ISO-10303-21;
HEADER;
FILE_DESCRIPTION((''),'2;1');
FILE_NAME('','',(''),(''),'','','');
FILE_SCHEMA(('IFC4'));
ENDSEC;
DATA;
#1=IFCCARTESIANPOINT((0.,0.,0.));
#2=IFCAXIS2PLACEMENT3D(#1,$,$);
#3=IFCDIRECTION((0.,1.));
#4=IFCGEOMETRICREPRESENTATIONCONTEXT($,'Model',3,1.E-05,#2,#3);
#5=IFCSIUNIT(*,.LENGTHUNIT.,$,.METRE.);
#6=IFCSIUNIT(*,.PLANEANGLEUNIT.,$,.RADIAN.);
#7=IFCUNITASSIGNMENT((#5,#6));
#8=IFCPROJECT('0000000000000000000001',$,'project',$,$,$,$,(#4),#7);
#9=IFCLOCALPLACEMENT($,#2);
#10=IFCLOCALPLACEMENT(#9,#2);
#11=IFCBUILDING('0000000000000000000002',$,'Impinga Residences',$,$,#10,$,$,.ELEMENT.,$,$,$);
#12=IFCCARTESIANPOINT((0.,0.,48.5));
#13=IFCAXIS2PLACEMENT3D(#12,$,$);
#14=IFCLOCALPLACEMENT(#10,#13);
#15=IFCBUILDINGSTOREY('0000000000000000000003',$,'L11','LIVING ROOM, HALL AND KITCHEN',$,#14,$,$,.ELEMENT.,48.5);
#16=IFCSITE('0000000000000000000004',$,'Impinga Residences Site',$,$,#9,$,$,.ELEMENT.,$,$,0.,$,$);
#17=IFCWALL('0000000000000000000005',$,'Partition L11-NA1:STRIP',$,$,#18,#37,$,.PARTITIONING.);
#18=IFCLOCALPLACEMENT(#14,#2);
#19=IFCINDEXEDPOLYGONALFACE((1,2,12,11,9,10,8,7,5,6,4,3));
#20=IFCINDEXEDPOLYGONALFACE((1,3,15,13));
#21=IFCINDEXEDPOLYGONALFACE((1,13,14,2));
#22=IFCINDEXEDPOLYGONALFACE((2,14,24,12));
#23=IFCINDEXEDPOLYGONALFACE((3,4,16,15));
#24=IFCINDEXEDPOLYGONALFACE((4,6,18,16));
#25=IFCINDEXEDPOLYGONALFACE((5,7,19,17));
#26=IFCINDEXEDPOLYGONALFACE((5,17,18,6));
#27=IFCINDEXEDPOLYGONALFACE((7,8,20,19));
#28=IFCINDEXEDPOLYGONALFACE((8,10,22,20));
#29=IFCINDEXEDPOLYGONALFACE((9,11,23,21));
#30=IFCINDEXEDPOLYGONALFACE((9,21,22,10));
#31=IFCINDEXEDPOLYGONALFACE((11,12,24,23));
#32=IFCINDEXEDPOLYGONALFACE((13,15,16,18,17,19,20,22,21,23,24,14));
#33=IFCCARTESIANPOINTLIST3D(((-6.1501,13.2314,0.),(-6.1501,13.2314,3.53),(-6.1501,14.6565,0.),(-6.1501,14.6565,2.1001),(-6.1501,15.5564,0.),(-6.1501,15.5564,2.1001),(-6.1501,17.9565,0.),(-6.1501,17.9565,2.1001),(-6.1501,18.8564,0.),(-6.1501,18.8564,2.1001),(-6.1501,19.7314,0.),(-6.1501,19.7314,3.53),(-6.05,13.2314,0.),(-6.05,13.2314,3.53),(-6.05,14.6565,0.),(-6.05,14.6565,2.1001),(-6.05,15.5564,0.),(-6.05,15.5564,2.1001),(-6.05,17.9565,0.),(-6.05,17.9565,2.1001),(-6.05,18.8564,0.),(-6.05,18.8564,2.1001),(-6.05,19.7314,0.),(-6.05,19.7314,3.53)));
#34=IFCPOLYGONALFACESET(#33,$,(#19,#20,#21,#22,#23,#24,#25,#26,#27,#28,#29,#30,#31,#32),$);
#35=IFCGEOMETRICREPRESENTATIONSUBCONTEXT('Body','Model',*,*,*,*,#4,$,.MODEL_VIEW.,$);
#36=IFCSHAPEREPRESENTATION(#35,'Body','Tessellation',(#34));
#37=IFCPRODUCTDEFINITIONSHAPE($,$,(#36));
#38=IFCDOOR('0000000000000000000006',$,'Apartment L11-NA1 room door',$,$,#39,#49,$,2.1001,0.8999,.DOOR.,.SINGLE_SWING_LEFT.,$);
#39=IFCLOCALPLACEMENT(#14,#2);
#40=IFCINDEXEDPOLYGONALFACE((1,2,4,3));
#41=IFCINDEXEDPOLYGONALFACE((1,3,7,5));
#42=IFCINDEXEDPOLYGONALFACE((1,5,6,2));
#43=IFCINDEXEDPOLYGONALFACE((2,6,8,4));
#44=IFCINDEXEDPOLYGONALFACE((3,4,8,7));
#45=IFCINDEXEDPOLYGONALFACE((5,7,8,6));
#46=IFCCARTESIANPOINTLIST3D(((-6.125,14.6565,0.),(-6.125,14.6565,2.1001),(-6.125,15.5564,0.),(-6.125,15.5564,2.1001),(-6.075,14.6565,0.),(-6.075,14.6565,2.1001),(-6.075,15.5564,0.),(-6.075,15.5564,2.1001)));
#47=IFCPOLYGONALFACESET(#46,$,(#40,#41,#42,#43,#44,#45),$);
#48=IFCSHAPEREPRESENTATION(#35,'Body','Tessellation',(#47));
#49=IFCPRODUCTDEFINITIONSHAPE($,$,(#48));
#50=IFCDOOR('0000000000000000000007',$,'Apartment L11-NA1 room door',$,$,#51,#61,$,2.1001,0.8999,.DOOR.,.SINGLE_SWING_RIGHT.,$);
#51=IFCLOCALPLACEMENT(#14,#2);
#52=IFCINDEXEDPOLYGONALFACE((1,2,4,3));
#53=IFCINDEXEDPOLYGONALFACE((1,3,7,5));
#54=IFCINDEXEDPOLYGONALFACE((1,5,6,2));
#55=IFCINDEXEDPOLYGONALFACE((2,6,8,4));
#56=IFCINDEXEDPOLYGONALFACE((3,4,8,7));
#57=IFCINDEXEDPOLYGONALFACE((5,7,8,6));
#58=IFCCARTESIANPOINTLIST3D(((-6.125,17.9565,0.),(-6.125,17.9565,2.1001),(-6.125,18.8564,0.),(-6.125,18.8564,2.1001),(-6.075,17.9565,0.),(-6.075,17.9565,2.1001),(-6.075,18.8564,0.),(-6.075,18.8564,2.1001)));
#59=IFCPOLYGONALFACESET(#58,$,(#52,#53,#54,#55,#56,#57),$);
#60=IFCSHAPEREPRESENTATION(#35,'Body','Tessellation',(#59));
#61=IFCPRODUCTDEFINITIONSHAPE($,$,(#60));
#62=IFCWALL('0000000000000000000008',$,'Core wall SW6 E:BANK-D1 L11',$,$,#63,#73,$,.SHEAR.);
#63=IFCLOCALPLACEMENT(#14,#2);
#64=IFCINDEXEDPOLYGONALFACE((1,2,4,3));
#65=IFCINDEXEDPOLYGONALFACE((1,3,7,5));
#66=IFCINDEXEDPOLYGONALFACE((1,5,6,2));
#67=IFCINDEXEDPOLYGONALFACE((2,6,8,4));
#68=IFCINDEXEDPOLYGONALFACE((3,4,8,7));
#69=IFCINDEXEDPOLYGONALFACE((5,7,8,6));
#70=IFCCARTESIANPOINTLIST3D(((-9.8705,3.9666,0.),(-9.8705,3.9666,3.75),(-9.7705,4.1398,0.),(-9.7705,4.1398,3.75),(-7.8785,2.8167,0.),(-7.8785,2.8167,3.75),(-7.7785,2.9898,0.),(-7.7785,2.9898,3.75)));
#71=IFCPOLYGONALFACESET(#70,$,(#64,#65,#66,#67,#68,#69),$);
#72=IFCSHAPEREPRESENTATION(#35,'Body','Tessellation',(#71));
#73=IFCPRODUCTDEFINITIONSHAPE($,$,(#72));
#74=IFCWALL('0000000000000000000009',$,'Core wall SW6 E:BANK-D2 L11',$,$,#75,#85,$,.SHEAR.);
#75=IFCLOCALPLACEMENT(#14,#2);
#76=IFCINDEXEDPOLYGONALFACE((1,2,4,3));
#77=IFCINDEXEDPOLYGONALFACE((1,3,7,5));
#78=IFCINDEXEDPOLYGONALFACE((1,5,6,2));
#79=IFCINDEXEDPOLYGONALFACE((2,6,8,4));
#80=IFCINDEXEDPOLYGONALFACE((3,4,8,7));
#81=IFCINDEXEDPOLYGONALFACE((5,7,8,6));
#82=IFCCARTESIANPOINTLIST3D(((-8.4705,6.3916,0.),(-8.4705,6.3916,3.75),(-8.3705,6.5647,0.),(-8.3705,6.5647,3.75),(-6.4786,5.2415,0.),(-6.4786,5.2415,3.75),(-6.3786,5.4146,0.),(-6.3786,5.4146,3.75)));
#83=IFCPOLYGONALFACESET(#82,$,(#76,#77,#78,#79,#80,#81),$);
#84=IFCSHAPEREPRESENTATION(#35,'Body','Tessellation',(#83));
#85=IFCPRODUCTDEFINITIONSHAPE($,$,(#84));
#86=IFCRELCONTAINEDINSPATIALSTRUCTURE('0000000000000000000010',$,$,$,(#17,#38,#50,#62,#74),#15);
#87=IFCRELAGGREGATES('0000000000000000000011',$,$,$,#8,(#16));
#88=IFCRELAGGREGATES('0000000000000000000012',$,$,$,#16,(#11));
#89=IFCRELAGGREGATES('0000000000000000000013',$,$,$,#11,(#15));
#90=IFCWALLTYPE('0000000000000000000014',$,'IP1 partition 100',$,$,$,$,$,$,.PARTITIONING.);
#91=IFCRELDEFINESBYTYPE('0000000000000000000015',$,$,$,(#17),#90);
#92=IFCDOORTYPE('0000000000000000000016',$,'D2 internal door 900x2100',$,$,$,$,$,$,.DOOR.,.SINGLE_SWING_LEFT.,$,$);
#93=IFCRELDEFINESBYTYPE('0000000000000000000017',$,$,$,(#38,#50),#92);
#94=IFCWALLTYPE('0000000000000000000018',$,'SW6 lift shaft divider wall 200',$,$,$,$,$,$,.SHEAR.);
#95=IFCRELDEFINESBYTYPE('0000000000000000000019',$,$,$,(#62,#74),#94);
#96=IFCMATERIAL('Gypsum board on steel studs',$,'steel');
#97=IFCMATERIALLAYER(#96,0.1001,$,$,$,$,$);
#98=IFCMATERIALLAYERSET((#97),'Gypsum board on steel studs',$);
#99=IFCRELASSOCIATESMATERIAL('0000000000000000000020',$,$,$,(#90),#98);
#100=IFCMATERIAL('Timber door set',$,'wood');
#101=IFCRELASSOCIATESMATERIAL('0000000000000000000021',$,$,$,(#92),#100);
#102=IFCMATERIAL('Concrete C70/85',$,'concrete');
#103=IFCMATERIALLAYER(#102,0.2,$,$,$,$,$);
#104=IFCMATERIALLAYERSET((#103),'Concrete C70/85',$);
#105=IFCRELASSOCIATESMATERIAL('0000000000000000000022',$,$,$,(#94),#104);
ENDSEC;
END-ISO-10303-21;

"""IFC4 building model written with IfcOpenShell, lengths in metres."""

from ifc_helpers import new_model, si_unit, direction, frame, frame_2d, origin, place, context, subcontext, project, spatial, rectangle, extrude, material, layer, layer_set, type_object, element, fill, save


model = new_model("IFC4")

# Units and contexts
model_context = context("Model", 3, precision=1e-05, world=origin(), true_north=direction((0.0, 1.0)))
body_context = subcontext(model_context, "Body", "Model", "MODEL_VIEW")
ifc_project = project(units=[si_unit("LENGTHUNIT", "METRE"), si_unit("PLANEANGLEUNIT", "RADIAN")], contexts=[model_context])

# Site, building, storey
site_placement = place(None, origin())
site = spatial("IfcSite", under=ifc_project, at=site_placement, Name="Impinga Residences Site", CompositionType="ELEMENT", RefElevation=0.0)
building_placement = place(site_placement, origin())
building = spatial("IfcBuilding", under=site, at=building_placement, Name="Impinga Residences", CompositionType="ELEMENT")
storey_placement = place(building_placement, frame((0.0, 0.0, 48.5)))
storey = spatial("IfcBuildingStorey", under=building, at=storey_placement, Name="L11", Description="LIVING ROOM, HALL AND KITCHEN", CompositionType="ELEMENT", Elevation=48.5)

# Shared definitions
ifc_material_1 = material(Name="Concrete C70/85", Category="concrete")

# Wall, openings, doors
ifc_material_2 = material(Name="Gypsum board on steel studs", Category="steel")
ifc_layer_1 = layer(ifc_material_2, 0.1001)
ifc_layer_set_1 = layer_set([ifc_layer_1], Name="Gypsum board on steel studs")
wall_type_1 = type_object("IfcWallType", Name="IP1 partition 100", PredefinedType="PARTITIONING", material=ifc_layer_set_1)
wall_1_placement = place(storey_placement, frame((-6.1001, 13.2314, 0.0), z_axis=(0.0, 0.0, 1.0), x_axis=(0.0, 1.0, 0.0)))
wall_1 = element("IfcWall", 1, at=wall_1_placement, inside=storey, type_object=wall_type_1, Name="Partition L11-NA1:STRIP", PredefinedType="PARTITIONING", context=body_context, shape_type="SweptSolid", body=[
    extrude(rectangle(XDim=6.5, YDim=0.1001, at=frame_2d((3.25, 0.0))), origin(), (0.0, 0.0, 1.0), 3.53),
])
opening_1_placement = place(wall_1_placement, frame((1.425, 0.0, 0.0)))
opening_1 = element("IfcOpeningElement", 2, at=opening_1_placement, cuts=wall_1, PredefinedType="OPENING", context=body_context, shape_type="SweptSolid", body=[
    extrude(rectangle(XDim=0.8999, YDim=2.1001, at=frame_2d((0.45, 1.05))), frame((0.0, 0.0601, 0.0), z_axis=(0.0, -1.0, 0.0), x_axis=(1.0, 0.0, 0.0)), (0.0, 0.0, 1.0), 0.1201),
])
opening_2_placement = place(wall_1_placement, frame((4.7251, 0.0, 0.0)))
opening_2 = element("IfcOpeningElement", 3, at=opening_2_placement, cuts=wall_1, PredefinedType="OPENING", context=body_context, shape_type="SweptSolid", body=[
    extrude(rectangle(XDim=0.8999, YDim=2.1001, at=frame_2d((0.45, 1.05))), frame((0.0, 0.0601, 0.0), z_axis=(0.0, -1.0, 0.0), x_axis=(1.0, 0.0, 0.0)), (0.0, 0.0, 1.0), 0.1201),
])
ifc_material_3 = material(Name="Timber door set", Category="wood")
door_type = type_object("IfcDoorType", Name="D2 internal door 900x2100", OperationType="SINGLE_SWING_LEFT", PredefinedType="DOOR", material=ifc_material_3)
door_1_placement = place(opening_1_placement, origin())
door_1 = element("IfcDoor", 4, at=door_1_placement, inside=storey, type_object=door_type, Name="Apartment L11-NA1 room door", OperationType="SINGLE_SWING_LEFT", OverallHeight=2.1001, OverallWidth=0.8999, PredefinedType="DOOR", context=body_context, shape_type="SweptSolid", body=[
    extrude(rectangle(XDim=0.8999, YDim=2.1001, at=frame_2d((0.45, 1.05))), frame((0.0, 0.0249, 0.0), z_axis=(0.0, -1.0, 0.0), x_axis=(1.0, 0.0, 0.0)), (0.0, 0.0, 1.0), 0.05),
])
fill(opening_1, door_1)
door_2_placement = place(opening_2_placement, origin())
door_2 = element("IfcDoor", 5, at=door_2_placement, inside=storey, type_object=door_type, Name="Apartment L11-NA1 room door", OperationType="SINGLE_SWING_RIGHT", OverallHeight=2.1001, OverallWidth=0.8999, PredefinedType="DOOR", context=body_context, shape_type="SweptSolid", body=[
    extrude(rectangle(XDim=0.8999, YDim=2.1001, at=frame_2d((0.45, 1.05))), frame((0.0, 0.0249, 0.0), z_axis=(0.0, -1.0, 0.0), x_axis=(1.0, 0.0, 0.0)), (0.0, 0.0, 1.0), 0.05),
])
fill(opening_2, door_2)

# Walls
ifc_layer_2 = layer(ifc_material_1, 0.2)
ifc_layer_set_2 = layer_set([ifc_layer_2], Name="Concrete C70/85")
wall_type_2 = type_object("IfcWallType", Name="SW6 lift shaft divider wall 200", PredefinedType="SHEAR", material=ifc_layer_set_2)
for number, where, z_axis, x_axis, name in (
    (6, (-7.8286, 2.9033, 0.0), (0.0, 0.0, 1.0), (-0.866053, 0.499952, 0.0), "Core wall SW6 E:BANK-D1 L11"),
    (7, (-6.4287, 5.3281, 0.0), (0.0, 0.0, 1.0), (-0.866007, 0.500032, 0.0), "Core wall SW6 E:BANK-D2 L11"),
):
    element("IfcWall", number, at=place(storey_placement, frame(where, z_axis=z_axis, x_axis=x_axis)), inside=storey, type_object=wall_type_2, Name=name, PredefinedType="SHEAR", context=body_context, shape_type="SweptSolid", body=[
        extrude(rectangle(XDim=2.3, YDim=0.2, at=frame_2d((1.1499, 0.0))), origin(), (0.0, 0.0, 1.0), 3.75),
    ])

save(model, "model.ifc")
